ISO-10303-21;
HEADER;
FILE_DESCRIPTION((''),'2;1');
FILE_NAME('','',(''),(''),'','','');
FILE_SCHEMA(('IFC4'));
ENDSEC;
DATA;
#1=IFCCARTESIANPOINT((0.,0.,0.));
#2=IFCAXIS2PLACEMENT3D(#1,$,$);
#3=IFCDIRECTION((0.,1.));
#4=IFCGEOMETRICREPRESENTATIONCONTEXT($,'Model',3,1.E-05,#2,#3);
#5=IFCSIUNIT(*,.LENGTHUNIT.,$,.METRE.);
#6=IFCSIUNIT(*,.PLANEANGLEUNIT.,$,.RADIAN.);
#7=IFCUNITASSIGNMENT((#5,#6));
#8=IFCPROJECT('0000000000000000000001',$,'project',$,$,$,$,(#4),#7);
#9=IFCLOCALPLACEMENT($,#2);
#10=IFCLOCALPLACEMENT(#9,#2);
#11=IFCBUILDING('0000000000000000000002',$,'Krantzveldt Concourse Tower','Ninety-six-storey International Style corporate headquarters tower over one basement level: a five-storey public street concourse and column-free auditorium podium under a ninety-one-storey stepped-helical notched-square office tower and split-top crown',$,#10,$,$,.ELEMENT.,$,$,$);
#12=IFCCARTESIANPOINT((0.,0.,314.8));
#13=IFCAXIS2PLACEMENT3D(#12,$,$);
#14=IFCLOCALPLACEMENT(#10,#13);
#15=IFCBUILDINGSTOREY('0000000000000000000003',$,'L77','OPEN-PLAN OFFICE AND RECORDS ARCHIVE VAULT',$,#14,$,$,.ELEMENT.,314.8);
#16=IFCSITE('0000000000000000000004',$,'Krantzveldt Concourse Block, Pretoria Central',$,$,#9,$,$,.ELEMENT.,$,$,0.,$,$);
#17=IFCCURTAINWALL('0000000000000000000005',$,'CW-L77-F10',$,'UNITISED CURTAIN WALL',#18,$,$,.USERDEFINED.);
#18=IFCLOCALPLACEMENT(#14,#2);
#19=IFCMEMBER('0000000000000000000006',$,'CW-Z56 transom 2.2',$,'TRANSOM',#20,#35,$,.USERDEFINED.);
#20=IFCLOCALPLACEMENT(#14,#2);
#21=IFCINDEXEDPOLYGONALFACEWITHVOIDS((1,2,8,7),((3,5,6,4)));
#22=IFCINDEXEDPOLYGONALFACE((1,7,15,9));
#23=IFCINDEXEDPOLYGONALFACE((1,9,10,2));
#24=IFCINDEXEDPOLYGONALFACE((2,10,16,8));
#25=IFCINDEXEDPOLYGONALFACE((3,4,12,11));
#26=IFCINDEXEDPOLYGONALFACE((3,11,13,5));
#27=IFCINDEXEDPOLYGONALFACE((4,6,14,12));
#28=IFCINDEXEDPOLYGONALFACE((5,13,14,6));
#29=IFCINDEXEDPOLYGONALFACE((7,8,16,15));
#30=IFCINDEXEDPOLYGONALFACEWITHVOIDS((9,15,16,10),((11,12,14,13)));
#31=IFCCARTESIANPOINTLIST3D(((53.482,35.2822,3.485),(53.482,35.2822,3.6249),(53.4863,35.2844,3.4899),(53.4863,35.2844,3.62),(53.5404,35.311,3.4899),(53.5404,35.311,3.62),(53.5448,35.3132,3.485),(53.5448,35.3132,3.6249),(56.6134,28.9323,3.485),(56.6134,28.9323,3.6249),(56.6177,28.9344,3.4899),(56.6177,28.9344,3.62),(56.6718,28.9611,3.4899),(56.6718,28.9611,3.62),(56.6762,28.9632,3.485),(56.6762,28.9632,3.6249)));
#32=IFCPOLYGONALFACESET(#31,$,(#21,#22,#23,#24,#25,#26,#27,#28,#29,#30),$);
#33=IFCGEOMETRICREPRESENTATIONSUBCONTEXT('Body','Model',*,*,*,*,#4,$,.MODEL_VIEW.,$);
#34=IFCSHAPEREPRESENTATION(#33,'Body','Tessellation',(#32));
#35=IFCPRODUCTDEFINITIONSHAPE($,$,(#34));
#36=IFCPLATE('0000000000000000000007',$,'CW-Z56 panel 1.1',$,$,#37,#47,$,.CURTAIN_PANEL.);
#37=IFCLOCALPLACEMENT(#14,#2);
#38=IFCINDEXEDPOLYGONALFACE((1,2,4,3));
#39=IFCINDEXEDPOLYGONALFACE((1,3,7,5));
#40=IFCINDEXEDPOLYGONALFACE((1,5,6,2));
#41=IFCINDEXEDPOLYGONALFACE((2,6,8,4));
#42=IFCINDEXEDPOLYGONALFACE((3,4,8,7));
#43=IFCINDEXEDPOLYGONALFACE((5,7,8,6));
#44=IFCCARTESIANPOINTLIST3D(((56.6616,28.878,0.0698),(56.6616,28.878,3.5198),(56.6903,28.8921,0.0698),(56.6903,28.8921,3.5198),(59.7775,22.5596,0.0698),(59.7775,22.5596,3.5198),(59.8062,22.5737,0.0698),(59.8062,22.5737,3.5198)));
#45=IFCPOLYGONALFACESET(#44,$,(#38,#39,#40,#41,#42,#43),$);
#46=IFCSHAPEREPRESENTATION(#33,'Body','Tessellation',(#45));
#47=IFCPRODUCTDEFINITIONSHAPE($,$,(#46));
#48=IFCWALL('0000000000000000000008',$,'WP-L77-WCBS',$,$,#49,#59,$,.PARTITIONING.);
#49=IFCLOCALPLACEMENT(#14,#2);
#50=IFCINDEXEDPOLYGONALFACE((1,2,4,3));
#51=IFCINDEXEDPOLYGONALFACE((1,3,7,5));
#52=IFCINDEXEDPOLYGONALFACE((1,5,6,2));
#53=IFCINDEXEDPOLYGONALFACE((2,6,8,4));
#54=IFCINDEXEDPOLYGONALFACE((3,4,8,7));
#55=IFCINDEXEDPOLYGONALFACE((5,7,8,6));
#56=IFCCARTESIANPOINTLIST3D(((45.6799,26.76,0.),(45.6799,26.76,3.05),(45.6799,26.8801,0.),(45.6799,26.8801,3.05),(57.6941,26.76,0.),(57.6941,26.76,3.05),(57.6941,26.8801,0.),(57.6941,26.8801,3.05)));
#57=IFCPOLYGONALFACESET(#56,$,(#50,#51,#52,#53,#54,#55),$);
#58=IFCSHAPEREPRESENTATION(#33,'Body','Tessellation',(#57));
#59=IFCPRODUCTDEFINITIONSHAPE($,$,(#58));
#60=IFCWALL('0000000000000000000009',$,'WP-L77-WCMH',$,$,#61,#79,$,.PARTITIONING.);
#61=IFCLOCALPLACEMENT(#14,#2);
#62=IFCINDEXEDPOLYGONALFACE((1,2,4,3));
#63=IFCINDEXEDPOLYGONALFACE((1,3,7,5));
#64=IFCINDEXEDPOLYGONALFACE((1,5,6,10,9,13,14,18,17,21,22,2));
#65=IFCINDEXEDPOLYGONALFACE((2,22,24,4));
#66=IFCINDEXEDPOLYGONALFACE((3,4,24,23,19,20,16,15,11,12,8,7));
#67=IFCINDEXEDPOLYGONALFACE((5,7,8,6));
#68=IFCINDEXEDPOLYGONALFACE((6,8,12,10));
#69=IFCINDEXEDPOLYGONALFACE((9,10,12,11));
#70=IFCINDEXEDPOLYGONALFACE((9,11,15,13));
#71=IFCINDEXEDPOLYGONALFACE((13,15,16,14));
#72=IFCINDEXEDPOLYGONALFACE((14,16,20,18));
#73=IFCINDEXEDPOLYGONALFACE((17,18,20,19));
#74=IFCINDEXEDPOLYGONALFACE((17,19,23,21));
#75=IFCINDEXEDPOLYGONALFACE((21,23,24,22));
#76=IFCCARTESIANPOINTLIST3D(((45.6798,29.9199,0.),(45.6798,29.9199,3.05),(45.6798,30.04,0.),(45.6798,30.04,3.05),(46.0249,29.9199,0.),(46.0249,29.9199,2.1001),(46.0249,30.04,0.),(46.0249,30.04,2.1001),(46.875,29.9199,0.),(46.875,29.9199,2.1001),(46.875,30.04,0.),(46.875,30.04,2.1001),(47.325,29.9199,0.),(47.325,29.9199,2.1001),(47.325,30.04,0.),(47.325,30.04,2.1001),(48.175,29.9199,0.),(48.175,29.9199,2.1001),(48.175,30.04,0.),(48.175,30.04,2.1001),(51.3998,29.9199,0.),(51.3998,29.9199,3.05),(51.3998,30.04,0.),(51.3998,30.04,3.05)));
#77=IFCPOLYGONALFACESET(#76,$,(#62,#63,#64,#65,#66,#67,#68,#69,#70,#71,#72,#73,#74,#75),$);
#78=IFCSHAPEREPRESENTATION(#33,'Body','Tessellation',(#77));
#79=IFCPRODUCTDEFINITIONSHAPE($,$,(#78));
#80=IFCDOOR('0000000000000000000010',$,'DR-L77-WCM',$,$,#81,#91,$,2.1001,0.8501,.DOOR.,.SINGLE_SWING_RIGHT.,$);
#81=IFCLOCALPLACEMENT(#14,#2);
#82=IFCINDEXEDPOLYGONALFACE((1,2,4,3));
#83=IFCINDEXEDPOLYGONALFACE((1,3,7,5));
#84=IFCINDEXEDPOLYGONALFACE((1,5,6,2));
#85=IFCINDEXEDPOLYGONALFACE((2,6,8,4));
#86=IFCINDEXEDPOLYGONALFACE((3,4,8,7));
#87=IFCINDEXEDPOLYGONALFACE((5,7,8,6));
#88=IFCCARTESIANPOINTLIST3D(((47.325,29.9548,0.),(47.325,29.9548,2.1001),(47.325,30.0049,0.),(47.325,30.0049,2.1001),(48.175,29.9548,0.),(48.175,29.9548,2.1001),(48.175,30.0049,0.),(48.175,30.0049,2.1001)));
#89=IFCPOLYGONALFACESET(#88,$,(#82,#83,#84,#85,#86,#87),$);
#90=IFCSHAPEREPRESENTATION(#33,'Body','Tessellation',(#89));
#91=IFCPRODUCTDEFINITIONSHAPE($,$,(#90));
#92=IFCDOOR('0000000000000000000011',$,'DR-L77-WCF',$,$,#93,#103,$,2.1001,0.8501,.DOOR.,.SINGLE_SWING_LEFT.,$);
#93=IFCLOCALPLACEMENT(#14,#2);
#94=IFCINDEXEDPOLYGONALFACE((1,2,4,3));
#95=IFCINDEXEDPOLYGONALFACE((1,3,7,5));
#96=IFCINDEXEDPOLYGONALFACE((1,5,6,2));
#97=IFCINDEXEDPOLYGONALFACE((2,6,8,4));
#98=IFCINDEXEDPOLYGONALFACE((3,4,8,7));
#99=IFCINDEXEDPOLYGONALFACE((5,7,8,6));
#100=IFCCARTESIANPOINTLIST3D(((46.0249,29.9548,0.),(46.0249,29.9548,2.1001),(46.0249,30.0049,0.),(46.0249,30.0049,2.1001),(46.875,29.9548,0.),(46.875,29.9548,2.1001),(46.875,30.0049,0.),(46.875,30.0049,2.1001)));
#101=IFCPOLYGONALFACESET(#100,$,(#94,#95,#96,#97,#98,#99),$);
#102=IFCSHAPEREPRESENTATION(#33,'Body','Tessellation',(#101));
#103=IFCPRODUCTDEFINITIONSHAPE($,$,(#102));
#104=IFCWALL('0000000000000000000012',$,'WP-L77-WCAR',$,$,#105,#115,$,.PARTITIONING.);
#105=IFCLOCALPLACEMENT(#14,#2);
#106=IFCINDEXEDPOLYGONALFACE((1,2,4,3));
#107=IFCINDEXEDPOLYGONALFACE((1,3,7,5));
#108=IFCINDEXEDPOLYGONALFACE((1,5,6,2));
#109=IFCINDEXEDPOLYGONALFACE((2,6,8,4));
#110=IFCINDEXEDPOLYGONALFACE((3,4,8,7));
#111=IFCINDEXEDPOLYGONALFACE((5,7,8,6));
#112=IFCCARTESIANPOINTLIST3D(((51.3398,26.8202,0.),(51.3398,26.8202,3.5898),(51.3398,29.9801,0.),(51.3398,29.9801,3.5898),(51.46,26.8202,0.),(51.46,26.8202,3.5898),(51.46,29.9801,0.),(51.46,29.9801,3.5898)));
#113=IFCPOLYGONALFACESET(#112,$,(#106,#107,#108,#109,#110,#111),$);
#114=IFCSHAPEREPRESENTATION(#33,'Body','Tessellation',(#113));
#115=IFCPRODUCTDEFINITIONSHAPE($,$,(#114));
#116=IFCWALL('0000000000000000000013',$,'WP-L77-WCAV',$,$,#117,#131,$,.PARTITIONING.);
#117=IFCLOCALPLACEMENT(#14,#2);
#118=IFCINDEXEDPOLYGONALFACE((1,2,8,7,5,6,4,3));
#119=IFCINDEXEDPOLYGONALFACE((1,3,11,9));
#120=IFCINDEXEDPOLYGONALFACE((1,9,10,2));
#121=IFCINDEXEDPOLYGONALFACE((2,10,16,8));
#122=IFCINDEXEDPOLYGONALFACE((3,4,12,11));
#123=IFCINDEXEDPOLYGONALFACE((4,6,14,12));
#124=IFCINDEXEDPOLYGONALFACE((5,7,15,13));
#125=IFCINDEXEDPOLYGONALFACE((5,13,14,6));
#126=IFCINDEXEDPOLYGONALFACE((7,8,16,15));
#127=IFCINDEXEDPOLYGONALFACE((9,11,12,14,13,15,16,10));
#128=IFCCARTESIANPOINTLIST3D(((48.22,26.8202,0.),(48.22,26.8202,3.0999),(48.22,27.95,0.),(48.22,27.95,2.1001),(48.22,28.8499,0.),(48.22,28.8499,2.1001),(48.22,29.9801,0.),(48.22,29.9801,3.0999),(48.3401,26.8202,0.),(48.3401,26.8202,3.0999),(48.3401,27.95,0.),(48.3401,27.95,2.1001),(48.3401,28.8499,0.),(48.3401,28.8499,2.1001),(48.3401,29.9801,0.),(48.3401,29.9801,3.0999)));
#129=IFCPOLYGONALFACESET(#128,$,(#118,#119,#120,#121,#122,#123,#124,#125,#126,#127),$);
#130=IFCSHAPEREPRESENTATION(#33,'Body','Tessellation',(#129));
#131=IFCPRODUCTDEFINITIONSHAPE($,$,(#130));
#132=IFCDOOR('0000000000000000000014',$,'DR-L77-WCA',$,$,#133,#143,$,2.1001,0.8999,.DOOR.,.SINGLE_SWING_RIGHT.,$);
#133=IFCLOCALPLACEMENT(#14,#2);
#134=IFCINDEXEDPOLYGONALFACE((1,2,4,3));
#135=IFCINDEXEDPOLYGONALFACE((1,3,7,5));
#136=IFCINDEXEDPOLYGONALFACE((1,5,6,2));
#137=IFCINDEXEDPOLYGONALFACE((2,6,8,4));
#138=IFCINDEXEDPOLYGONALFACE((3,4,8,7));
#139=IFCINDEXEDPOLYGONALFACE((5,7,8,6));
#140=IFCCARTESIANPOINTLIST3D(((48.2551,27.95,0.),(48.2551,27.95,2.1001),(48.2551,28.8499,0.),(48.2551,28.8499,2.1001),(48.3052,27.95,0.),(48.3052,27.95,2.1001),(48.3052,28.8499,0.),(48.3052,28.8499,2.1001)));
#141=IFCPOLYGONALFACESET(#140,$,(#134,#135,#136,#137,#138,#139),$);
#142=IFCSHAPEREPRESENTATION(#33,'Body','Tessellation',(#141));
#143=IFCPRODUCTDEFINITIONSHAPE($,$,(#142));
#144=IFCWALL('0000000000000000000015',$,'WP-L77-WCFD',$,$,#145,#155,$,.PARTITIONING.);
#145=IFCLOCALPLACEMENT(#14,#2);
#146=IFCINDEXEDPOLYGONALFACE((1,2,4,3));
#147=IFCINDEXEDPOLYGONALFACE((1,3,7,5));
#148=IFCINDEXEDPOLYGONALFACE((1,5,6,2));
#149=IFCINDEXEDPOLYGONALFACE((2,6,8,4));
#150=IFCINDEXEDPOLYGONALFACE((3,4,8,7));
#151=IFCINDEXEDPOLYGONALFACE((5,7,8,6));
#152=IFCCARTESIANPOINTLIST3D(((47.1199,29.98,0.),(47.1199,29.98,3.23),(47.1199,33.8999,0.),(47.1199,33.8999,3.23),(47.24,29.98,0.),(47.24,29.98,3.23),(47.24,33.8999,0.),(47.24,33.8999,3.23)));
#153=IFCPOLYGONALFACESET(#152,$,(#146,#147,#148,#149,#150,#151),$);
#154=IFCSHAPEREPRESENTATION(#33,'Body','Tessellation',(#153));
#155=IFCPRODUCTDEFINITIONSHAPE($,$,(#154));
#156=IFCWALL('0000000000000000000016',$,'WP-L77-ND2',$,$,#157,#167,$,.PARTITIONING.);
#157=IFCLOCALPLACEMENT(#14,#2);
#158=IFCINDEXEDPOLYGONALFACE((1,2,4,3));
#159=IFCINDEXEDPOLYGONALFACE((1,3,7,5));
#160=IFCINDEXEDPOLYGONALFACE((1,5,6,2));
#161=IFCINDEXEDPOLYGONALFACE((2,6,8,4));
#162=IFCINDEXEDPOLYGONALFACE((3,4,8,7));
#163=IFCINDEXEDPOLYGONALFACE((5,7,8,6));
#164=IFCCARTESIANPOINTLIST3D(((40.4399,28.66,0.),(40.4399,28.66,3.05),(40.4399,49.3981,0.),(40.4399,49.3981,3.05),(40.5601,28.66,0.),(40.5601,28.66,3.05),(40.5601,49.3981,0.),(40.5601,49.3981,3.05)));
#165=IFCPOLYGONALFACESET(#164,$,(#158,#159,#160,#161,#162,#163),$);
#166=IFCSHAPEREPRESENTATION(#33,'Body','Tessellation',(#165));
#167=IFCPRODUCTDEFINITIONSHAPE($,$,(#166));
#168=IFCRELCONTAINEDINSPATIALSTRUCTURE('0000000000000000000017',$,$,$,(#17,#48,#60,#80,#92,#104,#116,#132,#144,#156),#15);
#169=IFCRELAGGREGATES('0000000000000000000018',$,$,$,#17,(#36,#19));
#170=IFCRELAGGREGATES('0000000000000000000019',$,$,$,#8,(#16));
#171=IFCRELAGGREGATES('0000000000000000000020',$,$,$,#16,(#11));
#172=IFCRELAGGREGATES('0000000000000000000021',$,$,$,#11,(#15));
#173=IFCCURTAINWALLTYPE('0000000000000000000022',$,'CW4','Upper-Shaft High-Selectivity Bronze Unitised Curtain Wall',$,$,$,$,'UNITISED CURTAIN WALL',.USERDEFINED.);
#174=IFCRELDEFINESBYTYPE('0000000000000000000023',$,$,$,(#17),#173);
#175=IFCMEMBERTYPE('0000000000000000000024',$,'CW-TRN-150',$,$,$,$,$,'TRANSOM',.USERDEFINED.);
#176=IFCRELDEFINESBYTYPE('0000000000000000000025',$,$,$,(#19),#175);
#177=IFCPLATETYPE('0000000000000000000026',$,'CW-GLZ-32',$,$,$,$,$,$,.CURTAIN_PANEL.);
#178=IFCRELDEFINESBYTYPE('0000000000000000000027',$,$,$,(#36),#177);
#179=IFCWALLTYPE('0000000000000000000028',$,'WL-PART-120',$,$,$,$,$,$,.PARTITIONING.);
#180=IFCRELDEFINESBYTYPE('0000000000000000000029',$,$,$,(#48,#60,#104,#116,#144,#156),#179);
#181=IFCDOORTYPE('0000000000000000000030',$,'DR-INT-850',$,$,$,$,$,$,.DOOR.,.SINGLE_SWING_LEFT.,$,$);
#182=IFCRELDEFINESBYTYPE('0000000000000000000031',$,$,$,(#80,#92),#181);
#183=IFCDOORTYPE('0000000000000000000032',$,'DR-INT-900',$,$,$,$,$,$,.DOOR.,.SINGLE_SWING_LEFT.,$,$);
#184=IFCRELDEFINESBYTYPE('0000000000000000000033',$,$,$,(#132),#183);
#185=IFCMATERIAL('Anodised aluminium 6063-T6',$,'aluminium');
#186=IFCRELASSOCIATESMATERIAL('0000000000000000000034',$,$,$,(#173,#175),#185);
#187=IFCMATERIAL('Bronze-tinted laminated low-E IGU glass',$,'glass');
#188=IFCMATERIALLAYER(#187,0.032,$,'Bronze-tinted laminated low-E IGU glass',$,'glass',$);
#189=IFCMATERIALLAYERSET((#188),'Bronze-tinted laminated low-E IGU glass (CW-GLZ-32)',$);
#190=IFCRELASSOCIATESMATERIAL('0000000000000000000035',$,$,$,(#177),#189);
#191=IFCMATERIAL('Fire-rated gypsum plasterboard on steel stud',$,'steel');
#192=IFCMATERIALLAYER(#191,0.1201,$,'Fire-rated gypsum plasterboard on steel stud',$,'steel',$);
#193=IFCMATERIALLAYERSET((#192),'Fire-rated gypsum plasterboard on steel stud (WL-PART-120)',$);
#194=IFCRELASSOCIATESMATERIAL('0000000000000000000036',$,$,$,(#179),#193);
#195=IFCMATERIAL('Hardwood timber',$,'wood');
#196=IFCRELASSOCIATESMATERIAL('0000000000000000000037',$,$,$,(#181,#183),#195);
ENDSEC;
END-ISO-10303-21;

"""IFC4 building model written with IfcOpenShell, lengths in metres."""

from ifc_helpers import new_model, si_unit, direction, frame, frame_2d, origin, origin_2d, place, context, subcontext, project, spatial, rectangle, hollow_rectangle, extrude, source, transform, mapped, material, layer, layer_set, material_profile, profile_set, type_object, type_shapes, element, fill, aggregate, save


model = new_model("IFC4")

# Units and contexts
model_context = context("Model", 3, precision=1e-05, world=origin(), true_north=direction((0.0, 1.0)))
body_context = subcontext(model_context, "Body", "Model", "MODEL_VIEW")
ifc_project = project(units=[si_unit("LENGTHUNIT", "METRE"), si_unit("PLANEANGLEUNIT", "RADIAN")], contexts=[model_context])

# Site, building, storey
site_placement = place(None, origin())
site = spatial("IfcSite", under=ifc_project, at=site_placement, Name="Krantzveldt Concourse Block, Pretoria Central", CompositionType="ELEMENT", RefElevation=0.0)
building_placement = place(site_placement, origin())
building = spatial("IfcBuilding", under=site, at=building_placement, Name="Krantzveldt Concourse Tower", Description="Ninety-six-storey International Style corporate headquarters tower over one basement level: a five-storey public street concourse and column-free auditorium podium under a ninety-one-storey stepped-helical notched-square office tower and split-top crown", CompositionType="ELEMENT")
storey_placement = place(building_placement, frame((0.0, 0.0, 314.8)))
storey = spatial("IfcBuildingStorey", under=building, at=storey_placement, Name="L77", Description="OPEN-PLAN OFFICE AND RECORDS ARCHIVE VAULT", CompositionType="ELEMENT", Elevation=314.8)

# Curtain wall, member, plate
ifc_material_1 = material(Name="Anodised aluminium 6063-T6", Category="aluminium")
curtain_wall_type = type_object("IfcCurtainWallType", Name="CW4", Description="Upper-Shaft High-Selectivity Bronze Unitised Curtain Wall", ElementType="UNITISED CURTAIN WALL", PredefinedType="USERDEFINED", material=ifc_material_1)
curtain_wall_placement = place(storey_placement, origin())
curtain_wall = element("IfcCurtainWall", 1, at=curtain_wall_placement, inside=storey, type_object=curtain_wall_type, Name="CW-L77-F10", ObjectType="UNITISED CURTAIN WALL", PredefinedType="USERDEFINED")
ifc_material_profile_1 = material_profile(ifc_material_1, hollow_rectangle(XDim=0.0701, YDim=0.1399, WallThickness=0.0049, at=origin_2d()), Name="Anodised aluminium 6063-T6", Category="aluminium")
ifc_profile_set_1 = profile_set([ifc_material_profile_1], Name="Anodised aluminium 6063-T6 - ALU-TRAN 140x70x5")
member_type_1 = type_object("IfcMemberType", Name="CW-TRN-150", ElementType="TRANSOM", PredefinedType="USERDEFINED", material=ifc_profile_set_1)
shared_shape_1 = source(origin(), body_context, "Body", "SweptSolid", [
    extrude(hollow_rectangle(XDim=0.0701, YDim=0.1399, WallThickness=0.0049, at=origin_2d()), origin(), (0.0, 0.0, 1.0), 7.0801),
])
type_shapes(member_type_1, [shared_shape_1])
member_1_placement = place(storey_placement, frame((56.6448, 28.9478, 3.5549), z_axis=(-0.442283, 0.896876, 0.0), x_axis=(-0.896876, -0.442283, 0.0)))
member_1 = element("IfcMember", 2, at=member_1_placement, type_object=member_type_1, Name="CW-Z56 transom 2.2", ObjectType="TRANSOM", PredefinedType="USERDEFINED", context=body_context, shape_type="MappedRepresentation", body=[
    mapped(shared_shape_1, transform((0.0, 0.0, 0.0), x_axis=(1.0, 0.0, 0.0), y_axis=(0.0, 1.0, 0.0), z_axis=(0.0, 0.0, 1.0), scale=1.0)),
])
ifc_material_2 = material(Name="Bronze-tinted laminated low-E IGU glass", Category="glass")
ifc_layer_1 = layer(ifc_material_2, 0.032, Name="Bronze-tinted laminated low-E IGU glass", Category="glass")
ifc_layer_set_1 = layer_set([ifc_layer_1], Name="Bronze-tinted laminated low-E IGU glass (CW-GLZ-32)")
plate_type = type_object("IfcPlateType", Name="CW-GLZ-32", PredefinedType="CURTAIN_PANEL", material=ifc_layer_set_1)
shared_shape_2 = source(origin(), body_context, "Body", "SweptSolid", [
    extrude(rectangle(XDim=7.0449, YDim=0.032, at=origin_2d()), origin(), (0.0, 0.0, 1.0), 3.45),
])
type_shapes(plate_type, [shared_shape_2])
plate_placement = place(storey_placement, frame((58.2339, 25.7258, 0.0698), z_axis=(0.0, 0.0, 1.0), x_axis=(-0.442289, 0.896873, 0.0)))
plate = element("IfcPlate", 3, at=plate_placement, type_object=plate_type, Name="CW-Z56 panel 1.1", PredefinedType="CURTAIN_PANEL", context=body_context, shape_type="MappedRepresentation", body=[
    mapped(shared_shape_2, transform((0.0, 0.0, 0.0), x_axis=(1.0, 0.0, 0.0), y_axis=(0.0, 1.0, 0.0), z_axis=(0.0, 0.0, 1.0), scale=1.0)),
])
aggregate(curtain_wall, [plate, member_1])

# Wall
ifc_material_3 = material(Name="Fire-rated gypsum plasterboard on steel stud", Category="steel")
ifc_layer_2 = layer(ifc_material_3, 0.1201, Name="Fire-rated gypsum plasterboard on steel stud", Category="steel")
ifc_layer_set_2 = layer_set([ifc_layer_2], Name="Fire-rated gypsum plasterboard on steel stud (WL-PART-120)")
wall_type_1 = type_object("IfcWallType", Name="WL-PART-120", PredefinedType="PARTITIONING", material=ifc_layer_set_2)
wall_1_placement = place(storey_placement, frame((45.6799, 26.8201, 0.0), z_axis=(0.0, 0.0, 1.0), x_axis=(1.0, 0.0, 0.0)))
element("IfcWall", 4, at=wall_1_placement, inside=storey, type_object=wall_type_1, Name="WP-L77-WCBS", PredefinedType="PARTITIONING", context=body_context, shape_type="SweptSolid", body=[
    extrude(rectangle(XDim=12.0142, YDim=0.1201, at=frame_2d((6.0071, 0.0))), origin(), (0.0, 0.0, 1.0), 3.05),
])

# Wall, openings, doors
wall_2_placement = place(storey_placement, frame((45.6799, 29.98, 0.0), z_axis=(0.0, 0.0, 1.0), x_axis=(1.0, 0.0, 0.0)))
wall_2 = element("IfcWall", 5, at=wall_2_placement, inside=storey, type_object=wall_type_1, Name="WP-L77-WCMH", PredefinedType="PARTITIONING", context=body_context, shape_type="SweptSolid", body=[
    extrude(rectangle(XDim=5.72, YDim=0.1201, at=frame_2d((2.8599, 0.0))), origin(), (0.0, 0.0, 1.0), 3.05),
])
opening_1_placement = place(wall_2_placement, frame((1.645, 0.0, 0.0)))
opening_1 = element("IfcOpeningElement", 6, at=opening_1_placement, cuts=wall_2, PredefinedType="OPENING", context=body_context, shape_type="SweptSolid", body=[
    extrude(rectangle(XDim=0.8501, YDim=2.1001, at=frame_2d((0.425, 1.05))), frame((0.0, 0.0701, 0.0), z_axis=(0.0, -1.0, 0.0), x_axis=(1.0, 0.0, 0.0)), (0.0, 0.0, 1.0), 0.1401),
])
opening_2_placement = place(wall_2_placement, frame((0.345, 0.0, 0.0)))
opening_2 = element("IfcOpeningElement", 7, at=opening_2_placement, cuts=wall_2, PredefinedType="OPENING", context=body_context, shape_type="SweptSolid", body=[
    extrude(rectangle(XDim=0.8501, YDim=2.1001, at=frame_2d((0.425, 1.05))), frame((0.0, 0.0701, 0.0), z_axis=(0.0, -1.0, 0.0), x_axis=(1.0, 0.0, 0.0)), (0.0, 0.0, 1.0), 0.1401),
])
ifc_material_4 = material(Name="Hardwood timber", Category="wood")
door_type_1 = type_object("IfcDoorType", Name="DR-INT-850", OperationType="SINGLE_SWING_LEFT", PredefinedType="DOOR", material=ifc_material_4)
door_1_placement = place(opening_1_placement, origin())
door_1 = element("IfcDoor", 8, at=door_1_placement, inside=storey, type_object=door_type_1, Name="DR-L77-WCM", OperationType="SINGLE_SWING_RIGHT", OverallHeight=2.1001, OverallWidth=0.8501, PredefinedType="DOOR", context=body_context, shape_type="SweptSolid", body=[
    extrude(rectangle(XDim=0.8501, YDim=2.1001, at=frame_2d((0.425, 1.05))), frame((0.0, 0.0249, 0.0), z_axis=(0.0, -1.0, 0.0), x_axis=(1.0, 0.0, 0.0)), (0.0, 0.0, 1.0), 0.05),
])
fill(opening_1, door_1)
door_2_placement = place(opening_2_placement, origin())
door_2 = element("IfcDoor", 9, at=door_2_placement, inside=storey, type_object=door_type_1, Name="DR-L77-WCF", OperationType="SINGLE_SWING_LEFT", OverallHeight=2.1001, OverallWidth=0.8501, PredefinedType="DOOR", context=body_context, shape_type="SweptSolid", body=[
    extrude(rectangle(XDim=0.8501, YDim=2.1001, at=frame_2d((0.425, 1.05))), frame((0.0, 0.0249, 0.0), z_axis=(0.0, -1.0, 0.0), x_axis=(1.0, 0.0, 0.0)), (0.0, 0.0, 1.0), 0.05),
])
fill(opening_2, door_2)

# Wall
wall_3_placement = place(storey_placement, frame((51.3999, 26.8201, 0.0), z_axis=(0.0, 0.0, 1.0), x_axis=(0.0, 1.0, 0.0)))
element("IfcWall", 10, at=wall_3_placement, inside=storey, type_object=wall_type_1, Name="WP-L77-WCAR", PredefinedType="PARTITIONING", context=body_context, shape_type="SweptSolid", body=[
    extrude(rectangle(XDim=3.1599, YDim=0.1201, at=frame_2d((1.5801, 0.0))), origin(), (0.0, 0.0, 1.0), 3.5898),
])

# Wall, opening, door
wall_4_placement = place(storey_placement, frame((48.28, 26.8201, 0.0), z_axis=(0.0, 0.0, 1.0), x_axis=(0.0, 1.0, 0.0)))
wall_4 = element("IfcWall", 11, at=wall_4_placement, inside=storey, type_object=wall_type_1, Name="WP-L77-WCAV", PredefinedType="PARTITIONING", context=body_context, shape_type="SweptSolid", body=[
    extrude(rectangle(XDim=3.1599, YDim=0.1201, at=frame_2d((1.5801, 0.0))), origin(), (0.0, 0.0, 1.0), 3.0999),
])
opening_3_placement = place(wall_4_placement, frame((1.1299, 0.0, 0.0)))
opening_3 = element("IfcOpeningElement", 12, at=opening_3_placement, cuts=wall_4, PredefinedType="OPENING", context=body_context, shape_type="SweptSolid", body=[
    extrude(rectangle(XDim=0.8999, YDim=2.1001, at=frame_2d((0.45, 1.05))), frame((0.0, 0.0701, 0.0), z_axis=(0.0, -1.0, 0.0), x_axis=(1.0, 0.0, 0.0)), (0.0, 0.0, 1.0), 0.1401),
])
door_type_2 = type_object("IfcDoorType", Name="DR-INT-900", OperationType="SINGLE_SWING_LEFT", PredefinedType="DOOR", material=ifc_material_4)
door_3_placement = place(opening_3_placement, origin())
door_3 = element("IfcDoor", 13, at=door_3_placement, inside=storey, type_object=door_type_2, Name="DR-L77-WCA", OperationType="SINGLE_SWING_RIGHT", OverallHeight=2.1001, OverallWidth=0.8999, PredefinedType="DOOR", context=body_context, shape_type="SweptSolid", body=[
    extrude(rectangle(XDim=0.8999, YDim=2.1001, at=frame_2d((0.45, 1.05))), frame((0.0, 0.0249, 0.0), z_axis=(0.0, -1.0, 0.0), x_axis=(1.0, 0.0, 0.0)), (0.0, 0.0, 1.0), 0.05),
])
fill(opening_3, door_3)

# Walls
wall_5_placement = place(storey_placement, frame((47.1799, 29.98, 0.0), z_axis=(0.0, 0.0, 1.0), x_axis=(0.0, 1.0, 0.0)))
element("IfcWall", 14, at=wall_5_placement, inside=storey, type_object=wall_type_1, Name="WP-L77-WCFD", PredefinedType="PARTITIONING", context=body_context, shape_type="SweptSolid", body=[
    extrude(rectangle(XDim=3.9199, YDim=0.1201, at=frame_2d((1.96, 0.0))), origin(), (0.0, 0.0, 1.0), 3.23),
])
wall_6_placement = place(storey_placement, frame((40.5, 28.6599, 0.0), z_axis=(0.0, 0.0, 1.0), x_axis=(0.0, 1.0, 0.0)))
element("IfcWall", 15, at=wall_6_placement, inside=storey, type_object=wall_type_1, Name="WP-L77-ND2", PredefinedType="PARTITIONING", context=body_context, shape_type="SweptSolid", body=[
    extrude(rectangle(XDim=20.738, YDim=0.1201, at=frame_2d((10.3691, 0.0))), origin(), (0.0, 0.0, 1.0), 3.05),
])

save(model, "model.ifc")
